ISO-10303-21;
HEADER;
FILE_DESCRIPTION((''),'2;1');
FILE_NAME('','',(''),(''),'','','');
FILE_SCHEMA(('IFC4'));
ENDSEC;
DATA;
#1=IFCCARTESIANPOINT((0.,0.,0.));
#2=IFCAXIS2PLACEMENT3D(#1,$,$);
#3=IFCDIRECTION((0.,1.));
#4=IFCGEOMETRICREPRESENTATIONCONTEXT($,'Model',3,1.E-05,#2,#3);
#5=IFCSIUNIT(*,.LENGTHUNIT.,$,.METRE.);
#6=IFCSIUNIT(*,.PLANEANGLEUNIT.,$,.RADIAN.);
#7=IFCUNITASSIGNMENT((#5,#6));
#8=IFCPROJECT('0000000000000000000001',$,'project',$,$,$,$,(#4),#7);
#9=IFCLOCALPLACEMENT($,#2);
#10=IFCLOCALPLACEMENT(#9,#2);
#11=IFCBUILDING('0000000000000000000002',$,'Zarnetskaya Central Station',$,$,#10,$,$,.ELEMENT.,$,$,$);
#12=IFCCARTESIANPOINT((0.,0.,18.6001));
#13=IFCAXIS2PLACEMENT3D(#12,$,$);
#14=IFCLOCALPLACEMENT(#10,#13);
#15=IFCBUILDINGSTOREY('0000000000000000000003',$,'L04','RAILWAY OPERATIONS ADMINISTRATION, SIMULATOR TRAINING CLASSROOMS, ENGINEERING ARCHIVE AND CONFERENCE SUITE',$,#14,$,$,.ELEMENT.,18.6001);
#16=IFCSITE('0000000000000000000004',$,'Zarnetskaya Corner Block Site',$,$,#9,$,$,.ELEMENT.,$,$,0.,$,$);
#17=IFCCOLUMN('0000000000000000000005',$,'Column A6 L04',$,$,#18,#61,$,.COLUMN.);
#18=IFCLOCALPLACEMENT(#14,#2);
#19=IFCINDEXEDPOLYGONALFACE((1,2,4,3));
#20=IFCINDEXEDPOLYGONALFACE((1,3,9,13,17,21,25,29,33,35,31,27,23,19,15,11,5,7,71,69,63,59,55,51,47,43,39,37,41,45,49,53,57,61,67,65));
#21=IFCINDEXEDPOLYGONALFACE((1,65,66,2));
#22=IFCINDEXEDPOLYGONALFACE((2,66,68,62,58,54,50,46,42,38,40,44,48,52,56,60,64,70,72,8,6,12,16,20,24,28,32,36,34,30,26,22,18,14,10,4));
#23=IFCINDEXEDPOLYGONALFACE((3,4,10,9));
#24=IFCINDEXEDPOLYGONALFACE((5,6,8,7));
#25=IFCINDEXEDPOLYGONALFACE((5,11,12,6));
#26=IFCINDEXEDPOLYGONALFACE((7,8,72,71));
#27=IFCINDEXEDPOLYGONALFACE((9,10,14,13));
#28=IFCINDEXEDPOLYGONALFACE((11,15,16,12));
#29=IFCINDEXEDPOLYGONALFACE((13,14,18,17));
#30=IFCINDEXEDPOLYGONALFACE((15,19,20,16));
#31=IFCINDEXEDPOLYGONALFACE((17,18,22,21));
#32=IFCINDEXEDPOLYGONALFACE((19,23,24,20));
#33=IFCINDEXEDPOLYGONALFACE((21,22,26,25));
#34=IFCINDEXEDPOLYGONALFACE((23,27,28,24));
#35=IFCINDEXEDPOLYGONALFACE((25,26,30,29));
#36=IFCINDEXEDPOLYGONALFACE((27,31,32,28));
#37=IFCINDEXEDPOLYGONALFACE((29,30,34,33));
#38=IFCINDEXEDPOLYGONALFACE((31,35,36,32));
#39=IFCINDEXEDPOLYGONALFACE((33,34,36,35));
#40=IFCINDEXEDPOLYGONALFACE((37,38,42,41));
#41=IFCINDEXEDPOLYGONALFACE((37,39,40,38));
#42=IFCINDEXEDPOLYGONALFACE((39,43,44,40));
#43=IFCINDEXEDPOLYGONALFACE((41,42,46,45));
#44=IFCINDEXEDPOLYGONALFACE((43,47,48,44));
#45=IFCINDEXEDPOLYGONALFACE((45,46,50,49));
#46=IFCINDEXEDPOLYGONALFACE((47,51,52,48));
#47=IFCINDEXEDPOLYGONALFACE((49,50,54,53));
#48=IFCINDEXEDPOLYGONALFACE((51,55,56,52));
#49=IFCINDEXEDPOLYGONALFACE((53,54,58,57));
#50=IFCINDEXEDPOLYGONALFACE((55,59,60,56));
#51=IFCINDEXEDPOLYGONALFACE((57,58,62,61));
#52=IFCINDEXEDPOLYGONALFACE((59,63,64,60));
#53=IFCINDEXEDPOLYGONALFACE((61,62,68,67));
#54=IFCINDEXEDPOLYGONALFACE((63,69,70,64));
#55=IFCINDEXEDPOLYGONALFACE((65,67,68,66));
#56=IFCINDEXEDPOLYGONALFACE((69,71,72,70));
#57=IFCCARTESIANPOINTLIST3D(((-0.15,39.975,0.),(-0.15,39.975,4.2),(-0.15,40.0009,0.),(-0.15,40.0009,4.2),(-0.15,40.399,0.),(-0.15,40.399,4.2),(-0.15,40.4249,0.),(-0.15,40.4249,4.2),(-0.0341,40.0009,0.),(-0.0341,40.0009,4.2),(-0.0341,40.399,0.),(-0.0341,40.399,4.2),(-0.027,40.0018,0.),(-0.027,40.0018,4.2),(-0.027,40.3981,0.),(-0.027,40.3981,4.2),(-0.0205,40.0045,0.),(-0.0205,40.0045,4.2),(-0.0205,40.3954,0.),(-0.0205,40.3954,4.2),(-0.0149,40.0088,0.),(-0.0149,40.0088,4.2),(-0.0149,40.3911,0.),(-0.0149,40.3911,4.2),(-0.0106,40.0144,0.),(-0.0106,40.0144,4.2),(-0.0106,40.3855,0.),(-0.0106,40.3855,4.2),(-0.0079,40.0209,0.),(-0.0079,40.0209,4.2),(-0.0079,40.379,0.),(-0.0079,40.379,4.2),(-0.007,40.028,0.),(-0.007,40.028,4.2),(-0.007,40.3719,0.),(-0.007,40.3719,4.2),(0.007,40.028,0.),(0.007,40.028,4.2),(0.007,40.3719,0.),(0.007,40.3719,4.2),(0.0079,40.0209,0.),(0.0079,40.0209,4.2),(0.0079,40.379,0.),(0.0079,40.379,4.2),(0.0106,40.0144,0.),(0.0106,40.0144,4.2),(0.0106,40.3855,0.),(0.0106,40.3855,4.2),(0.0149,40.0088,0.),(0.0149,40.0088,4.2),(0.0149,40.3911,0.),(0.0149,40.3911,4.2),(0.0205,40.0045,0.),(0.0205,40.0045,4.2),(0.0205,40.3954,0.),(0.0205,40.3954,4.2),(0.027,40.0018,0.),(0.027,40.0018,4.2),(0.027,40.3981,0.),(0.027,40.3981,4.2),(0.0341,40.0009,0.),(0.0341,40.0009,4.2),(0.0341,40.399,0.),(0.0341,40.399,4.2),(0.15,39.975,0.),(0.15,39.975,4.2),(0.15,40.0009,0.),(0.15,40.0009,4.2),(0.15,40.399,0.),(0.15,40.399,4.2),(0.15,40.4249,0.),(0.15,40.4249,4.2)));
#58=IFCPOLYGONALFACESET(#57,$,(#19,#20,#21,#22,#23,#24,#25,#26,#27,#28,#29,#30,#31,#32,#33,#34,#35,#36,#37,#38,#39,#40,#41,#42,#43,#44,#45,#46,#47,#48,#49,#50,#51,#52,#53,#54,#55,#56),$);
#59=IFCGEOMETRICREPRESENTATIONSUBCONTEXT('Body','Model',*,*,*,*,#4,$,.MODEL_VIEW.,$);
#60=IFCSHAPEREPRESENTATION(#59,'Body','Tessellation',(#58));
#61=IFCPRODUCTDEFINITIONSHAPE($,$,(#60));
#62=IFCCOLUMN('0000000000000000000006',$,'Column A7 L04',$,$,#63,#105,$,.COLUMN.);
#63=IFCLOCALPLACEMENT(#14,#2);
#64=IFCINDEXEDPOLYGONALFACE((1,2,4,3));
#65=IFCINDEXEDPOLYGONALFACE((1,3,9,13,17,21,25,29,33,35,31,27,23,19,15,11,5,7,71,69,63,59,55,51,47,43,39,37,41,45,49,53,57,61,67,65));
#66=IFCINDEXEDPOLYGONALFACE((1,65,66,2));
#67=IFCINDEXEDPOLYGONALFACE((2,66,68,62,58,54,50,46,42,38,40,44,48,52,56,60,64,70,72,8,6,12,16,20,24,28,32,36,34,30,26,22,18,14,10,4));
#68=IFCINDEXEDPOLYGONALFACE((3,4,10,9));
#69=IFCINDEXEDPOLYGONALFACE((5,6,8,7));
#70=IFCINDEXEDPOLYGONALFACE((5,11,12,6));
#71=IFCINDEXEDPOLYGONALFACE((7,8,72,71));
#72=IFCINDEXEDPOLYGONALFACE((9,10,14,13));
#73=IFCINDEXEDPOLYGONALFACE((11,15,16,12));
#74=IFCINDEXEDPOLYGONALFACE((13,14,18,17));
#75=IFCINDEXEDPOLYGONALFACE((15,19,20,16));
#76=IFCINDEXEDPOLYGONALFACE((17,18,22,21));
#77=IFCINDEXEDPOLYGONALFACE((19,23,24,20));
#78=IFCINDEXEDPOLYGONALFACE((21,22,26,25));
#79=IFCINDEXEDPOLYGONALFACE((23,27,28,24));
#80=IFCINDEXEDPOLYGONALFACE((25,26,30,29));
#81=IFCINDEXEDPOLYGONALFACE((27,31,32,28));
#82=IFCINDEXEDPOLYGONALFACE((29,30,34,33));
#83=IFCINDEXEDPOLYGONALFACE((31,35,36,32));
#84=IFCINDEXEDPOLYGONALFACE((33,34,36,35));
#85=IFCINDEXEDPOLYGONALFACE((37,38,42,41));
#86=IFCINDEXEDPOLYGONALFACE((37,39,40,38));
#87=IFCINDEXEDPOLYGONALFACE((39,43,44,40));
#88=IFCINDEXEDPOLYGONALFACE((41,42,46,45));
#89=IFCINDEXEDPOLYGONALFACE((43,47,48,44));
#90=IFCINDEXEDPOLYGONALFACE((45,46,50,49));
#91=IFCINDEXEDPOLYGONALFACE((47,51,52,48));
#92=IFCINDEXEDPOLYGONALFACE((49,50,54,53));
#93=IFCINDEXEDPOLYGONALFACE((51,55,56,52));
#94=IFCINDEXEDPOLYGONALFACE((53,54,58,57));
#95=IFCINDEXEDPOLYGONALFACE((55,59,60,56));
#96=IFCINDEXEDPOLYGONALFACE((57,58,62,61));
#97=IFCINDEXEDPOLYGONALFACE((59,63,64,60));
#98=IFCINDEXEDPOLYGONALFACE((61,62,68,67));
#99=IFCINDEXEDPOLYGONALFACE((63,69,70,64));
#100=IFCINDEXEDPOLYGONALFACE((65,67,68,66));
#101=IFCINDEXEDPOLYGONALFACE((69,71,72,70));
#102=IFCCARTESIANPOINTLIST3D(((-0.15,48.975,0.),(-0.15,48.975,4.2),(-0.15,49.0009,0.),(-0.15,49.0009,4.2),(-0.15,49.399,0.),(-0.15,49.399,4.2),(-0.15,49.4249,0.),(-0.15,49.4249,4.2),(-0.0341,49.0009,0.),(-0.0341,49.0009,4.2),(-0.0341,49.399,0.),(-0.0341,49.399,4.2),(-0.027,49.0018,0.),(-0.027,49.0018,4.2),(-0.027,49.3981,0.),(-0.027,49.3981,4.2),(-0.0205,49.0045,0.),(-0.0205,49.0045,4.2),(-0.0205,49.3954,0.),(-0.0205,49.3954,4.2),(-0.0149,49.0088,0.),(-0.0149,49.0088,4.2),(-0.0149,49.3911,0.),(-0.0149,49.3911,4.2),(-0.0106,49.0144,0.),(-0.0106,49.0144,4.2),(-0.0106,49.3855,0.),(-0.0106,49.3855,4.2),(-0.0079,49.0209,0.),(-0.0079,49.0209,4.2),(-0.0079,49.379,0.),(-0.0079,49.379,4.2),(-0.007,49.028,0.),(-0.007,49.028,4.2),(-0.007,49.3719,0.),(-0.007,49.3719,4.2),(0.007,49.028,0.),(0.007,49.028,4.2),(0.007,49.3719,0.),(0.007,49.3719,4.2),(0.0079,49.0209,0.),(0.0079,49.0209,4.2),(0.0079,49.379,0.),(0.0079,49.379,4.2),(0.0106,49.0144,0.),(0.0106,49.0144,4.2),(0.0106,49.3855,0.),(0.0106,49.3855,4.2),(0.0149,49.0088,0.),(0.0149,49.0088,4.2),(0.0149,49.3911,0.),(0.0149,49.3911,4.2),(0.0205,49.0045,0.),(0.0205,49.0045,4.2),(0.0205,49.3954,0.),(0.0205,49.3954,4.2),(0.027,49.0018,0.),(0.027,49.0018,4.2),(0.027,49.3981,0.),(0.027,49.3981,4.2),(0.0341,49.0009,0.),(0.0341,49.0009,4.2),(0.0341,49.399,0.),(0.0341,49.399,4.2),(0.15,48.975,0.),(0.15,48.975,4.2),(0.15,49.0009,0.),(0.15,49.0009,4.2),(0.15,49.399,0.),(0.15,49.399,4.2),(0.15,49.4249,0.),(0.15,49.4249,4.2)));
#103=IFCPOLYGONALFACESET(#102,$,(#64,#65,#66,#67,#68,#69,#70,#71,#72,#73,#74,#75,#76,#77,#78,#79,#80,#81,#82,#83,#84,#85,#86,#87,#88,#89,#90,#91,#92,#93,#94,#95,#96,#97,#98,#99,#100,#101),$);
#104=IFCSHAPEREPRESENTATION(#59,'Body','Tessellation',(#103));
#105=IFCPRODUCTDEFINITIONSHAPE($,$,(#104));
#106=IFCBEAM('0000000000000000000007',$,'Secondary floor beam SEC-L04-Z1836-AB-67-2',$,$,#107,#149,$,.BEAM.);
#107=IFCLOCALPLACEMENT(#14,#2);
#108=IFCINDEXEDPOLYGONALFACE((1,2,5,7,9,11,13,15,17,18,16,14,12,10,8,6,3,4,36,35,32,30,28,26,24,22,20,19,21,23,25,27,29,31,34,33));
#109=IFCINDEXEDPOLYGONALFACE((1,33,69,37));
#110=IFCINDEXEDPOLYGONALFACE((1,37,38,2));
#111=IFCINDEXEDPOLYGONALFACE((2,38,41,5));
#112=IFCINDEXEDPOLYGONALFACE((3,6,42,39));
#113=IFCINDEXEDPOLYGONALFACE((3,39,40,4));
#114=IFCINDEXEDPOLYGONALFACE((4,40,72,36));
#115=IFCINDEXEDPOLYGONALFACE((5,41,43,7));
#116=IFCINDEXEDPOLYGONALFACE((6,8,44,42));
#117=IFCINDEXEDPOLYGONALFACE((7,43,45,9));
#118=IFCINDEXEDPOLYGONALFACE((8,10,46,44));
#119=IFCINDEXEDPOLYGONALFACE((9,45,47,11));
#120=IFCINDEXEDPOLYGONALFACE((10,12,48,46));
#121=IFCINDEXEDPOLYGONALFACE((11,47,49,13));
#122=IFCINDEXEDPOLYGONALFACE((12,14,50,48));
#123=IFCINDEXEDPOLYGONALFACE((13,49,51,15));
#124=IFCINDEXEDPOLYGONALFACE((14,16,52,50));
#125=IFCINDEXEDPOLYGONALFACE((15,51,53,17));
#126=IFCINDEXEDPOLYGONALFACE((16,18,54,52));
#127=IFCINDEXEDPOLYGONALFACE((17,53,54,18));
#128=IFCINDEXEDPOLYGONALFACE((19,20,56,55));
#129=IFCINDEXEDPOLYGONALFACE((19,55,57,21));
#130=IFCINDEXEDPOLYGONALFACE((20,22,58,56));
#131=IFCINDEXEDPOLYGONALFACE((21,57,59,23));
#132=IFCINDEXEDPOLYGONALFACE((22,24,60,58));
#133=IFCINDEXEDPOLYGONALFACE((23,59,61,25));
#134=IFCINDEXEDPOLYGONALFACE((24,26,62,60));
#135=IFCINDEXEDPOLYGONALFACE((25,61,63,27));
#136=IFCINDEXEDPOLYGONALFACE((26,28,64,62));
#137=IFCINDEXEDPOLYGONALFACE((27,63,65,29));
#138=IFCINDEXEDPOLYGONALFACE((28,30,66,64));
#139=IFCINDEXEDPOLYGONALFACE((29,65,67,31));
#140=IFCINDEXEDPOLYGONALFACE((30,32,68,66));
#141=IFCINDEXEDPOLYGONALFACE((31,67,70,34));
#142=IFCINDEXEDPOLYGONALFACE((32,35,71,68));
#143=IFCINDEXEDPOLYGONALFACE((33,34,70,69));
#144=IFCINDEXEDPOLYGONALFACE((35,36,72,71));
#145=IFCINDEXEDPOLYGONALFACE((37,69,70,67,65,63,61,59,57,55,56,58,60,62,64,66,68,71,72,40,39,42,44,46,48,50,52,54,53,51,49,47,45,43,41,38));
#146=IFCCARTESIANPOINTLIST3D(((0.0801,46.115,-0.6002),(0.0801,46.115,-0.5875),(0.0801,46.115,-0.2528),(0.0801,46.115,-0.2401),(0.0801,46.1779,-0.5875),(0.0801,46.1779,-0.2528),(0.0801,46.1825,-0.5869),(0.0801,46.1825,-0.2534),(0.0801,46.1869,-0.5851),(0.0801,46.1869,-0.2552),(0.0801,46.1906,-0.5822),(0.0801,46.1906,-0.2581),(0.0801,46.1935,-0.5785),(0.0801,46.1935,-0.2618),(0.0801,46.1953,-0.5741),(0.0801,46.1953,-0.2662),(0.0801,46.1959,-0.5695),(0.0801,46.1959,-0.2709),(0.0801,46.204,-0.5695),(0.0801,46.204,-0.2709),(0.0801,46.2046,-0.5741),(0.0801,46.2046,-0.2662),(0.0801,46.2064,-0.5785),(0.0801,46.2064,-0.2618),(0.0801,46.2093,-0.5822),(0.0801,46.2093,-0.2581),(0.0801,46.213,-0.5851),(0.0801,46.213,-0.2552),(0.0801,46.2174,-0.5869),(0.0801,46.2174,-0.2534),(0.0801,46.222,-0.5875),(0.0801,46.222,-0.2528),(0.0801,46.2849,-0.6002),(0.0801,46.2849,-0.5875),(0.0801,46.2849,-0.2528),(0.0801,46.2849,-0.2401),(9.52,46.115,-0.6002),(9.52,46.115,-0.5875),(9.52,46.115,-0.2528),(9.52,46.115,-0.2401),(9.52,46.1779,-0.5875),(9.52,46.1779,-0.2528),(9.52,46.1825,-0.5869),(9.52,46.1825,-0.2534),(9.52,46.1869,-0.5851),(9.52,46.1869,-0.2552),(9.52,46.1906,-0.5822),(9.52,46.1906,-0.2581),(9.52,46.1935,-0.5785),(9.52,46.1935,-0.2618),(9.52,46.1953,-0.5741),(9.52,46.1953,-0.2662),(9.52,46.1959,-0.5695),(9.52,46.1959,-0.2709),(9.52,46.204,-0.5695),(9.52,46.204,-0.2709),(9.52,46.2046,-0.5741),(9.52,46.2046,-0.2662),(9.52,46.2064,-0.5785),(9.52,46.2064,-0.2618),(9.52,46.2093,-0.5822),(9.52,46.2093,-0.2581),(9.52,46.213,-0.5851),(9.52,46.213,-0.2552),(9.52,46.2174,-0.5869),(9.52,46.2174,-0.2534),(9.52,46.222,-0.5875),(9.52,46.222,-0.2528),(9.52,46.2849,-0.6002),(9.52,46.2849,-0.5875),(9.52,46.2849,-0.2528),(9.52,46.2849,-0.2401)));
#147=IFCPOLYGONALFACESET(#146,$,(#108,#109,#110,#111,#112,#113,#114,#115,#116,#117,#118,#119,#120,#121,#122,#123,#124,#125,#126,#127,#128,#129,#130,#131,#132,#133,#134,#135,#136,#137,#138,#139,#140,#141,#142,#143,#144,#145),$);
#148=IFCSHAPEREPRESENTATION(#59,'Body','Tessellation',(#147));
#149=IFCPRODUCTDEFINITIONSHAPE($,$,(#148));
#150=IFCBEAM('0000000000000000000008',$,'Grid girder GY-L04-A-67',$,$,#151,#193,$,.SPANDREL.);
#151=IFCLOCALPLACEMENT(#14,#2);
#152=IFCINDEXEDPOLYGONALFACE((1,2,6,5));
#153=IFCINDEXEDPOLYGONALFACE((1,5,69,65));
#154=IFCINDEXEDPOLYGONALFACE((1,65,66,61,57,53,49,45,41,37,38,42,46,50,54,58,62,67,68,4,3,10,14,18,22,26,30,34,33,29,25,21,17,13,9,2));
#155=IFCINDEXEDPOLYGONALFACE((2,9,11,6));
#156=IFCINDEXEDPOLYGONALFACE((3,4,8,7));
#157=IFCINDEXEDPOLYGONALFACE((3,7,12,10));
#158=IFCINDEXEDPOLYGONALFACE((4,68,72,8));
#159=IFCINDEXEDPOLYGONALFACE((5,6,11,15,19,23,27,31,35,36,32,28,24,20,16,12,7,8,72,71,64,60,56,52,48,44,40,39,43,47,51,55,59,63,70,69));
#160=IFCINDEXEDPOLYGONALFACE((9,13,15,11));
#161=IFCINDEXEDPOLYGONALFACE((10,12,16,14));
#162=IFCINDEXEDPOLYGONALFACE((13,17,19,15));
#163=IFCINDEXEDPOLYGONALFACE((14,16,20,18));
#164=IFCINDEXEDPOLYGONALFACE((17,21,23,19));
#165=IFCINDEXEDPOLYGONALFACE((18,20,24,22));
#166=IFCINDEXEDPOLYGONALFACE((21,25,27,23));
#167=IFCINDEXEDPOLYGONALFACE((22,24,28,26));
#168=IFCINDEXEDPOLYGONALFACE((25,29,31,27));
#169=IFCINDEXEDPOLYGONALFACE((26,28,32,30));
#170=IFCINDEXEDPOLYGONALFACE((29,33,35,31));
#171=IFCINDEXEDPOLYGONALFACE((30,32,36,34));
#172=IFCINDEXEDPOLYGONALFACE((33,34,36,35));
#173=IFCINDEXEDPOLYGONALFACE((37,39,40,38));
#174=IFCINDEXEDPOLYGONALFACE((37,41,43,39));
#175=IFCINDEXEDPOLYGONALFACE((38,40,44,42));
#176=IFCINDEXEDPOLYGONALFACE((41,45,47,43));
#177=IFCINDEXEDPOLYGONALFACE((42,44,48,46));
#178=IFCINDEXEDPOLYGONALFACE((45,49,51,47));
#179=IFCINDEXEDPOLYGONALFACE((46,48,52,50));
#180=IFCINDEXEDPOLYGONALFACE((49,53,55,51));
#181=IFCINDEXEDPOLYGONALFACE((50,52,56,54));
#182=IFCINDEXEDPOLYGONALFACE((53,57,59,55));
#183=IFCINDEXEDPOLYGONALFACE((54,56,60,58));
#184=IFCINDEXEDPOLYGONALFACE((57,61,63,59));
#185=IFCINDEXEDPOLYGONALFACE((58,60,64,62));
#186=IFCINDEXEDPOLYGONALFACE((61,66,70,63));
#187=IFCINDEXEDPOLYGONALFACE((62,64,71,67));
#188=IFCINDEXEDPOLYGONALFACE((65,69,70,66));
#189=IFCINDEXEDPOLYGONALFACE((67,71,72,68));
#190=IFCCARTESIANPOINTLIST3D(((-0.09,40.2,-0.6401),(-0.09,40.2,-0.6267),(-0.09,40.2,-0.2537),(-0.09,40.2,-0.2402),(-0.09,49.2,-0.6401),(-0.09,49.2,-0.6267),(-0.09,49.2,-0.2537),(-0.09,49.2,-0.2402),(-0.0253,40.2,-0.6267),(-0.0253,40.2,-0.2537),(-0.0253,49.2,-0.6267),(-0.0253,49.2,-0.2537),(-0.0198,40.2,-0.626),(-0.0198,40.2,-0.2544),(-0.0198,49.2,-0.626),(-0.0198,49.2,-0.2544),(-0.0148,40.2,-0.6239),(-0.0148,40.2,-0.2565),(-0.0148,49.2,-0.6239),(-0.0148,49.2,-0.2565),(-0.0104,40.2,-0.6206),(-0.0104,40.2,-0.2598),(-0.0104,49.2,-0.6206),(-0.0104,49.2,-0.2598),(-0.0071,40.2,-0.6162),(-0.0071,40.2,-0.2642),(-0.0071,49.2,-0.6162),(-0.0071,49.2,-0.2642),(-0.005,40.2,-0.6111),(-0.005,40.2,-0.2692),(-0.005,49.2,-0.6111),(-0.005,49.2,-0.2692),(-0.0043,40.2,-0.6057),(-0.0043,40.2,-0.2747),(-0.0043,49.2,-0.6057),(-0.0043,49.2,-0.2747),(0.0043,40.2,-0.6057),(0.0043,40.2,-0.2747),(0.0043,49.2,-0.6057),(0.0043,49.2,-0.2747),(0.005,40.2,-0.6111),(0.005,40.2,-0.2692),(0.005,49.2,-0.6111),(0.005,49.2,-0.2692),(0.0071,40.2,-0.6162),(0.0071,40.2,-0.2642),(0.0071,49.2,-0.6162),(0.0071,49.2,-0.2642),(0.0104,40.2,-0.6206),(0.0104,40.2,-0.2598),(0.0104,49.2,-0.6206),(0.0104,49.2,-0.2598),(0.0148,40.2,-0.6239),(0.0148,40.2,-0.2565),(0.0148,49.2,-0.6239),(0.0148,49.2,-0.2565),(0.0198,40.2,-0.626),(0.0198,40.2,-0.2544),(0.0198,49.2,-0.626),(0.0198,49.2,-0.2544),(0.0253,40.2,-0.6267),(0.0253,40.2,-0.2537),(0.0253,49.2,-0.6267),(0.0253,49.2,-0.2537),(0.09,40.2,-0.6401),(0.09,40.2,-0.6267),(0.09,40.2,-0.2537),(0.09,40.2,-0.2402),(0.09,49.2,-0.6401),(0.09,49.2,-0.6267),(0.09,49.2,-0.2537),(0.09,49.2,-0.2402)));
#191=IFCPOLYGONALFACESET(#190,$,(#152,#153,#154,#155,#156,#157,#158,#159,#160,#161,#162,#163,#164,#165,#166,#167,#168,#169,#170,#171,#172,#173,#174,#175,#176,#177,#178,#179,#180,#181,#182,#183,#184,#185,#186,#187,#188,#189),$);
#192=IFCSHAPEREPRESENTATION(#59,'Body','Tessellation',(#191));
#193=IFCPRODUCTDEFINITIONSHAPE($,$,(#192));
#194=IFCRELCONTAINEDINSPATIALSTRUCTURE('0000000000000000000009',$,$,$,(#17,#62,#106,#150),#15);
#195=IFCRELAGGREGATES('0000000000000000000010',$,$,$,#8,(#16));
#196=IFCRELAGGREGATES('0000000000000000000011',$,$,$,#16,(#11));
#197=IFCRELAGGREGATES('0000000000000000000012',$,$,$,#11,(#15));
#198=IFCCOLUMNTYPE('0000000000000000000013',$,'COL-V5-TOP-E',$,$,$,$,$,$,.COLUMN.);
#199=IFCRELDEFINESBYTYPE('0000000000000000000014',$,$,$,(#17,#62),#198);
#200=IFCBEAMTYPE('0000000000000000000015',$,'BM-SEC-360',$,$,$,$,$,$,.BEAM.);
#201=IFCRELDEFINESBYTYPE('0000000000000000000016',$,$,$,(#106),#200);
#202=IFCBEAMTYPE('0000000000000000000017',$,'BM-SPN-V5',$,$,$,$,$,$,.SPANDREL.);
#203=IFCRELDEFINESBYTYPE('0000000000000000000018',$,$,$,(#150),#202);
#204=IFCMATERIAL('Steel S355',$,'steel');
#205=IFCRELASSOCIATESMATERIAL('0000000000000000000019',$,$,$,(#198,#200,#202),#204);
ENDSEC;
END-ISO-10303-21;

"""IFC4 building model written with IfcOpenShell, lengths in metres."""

from ifc_helpers import new_model, si_unit, direction, frame, origin, origin_2d, place, context, subcontext, project, spatial, i_section, extrude, material, material_profile, profile_set, type_object, element, save


model = new_model("IFC4")

# Units and contexts
model_context = context("Model", 3, precision=1e-05, world=origin(), true_north=direction((0.0, 1.0)))
body_context = subcontext(model_context, "Body", "Model", "MODEL_VIEW")
ifc_project = project(units=[si_unit("LENGTHUNIT", "METRE"), si_unit("PLANEANGLEUNIT", "RADIAN")], contexts=[model_context])

# Site, building, storey
site_placement = place(None, origin())
site = spatial("IfcSite", under=ifc_project, at=site_placement, Name="Zarnetskaya Corner Block Site", CompositionType="ELEMENT", RefElevation=0.0)
building_placement = place(site_placement, origin())
building = spatial("IfcBuilding", under=site, at=building_placement, Name="Zarnetskaya Central Station", CompositionType="ELEMENT")
storey_placement = place(building_placement, frame((0.0, 0.0, 18.6001)))
storey = spatial("IfcBuildingStorey", under=building, at=storey_placement, Name="L04", Description="RAILWAY OPERATIONS ADMINISTRATION, SIMULATOR TRAINING CLASSROOMS, ENGINEERING ARCHIVE AND CONFERENCE SUITE", CompositionType="ELEMENT", Elevation=18.6001)

# Columns
ifc_material_1 = material(Name="Steel S355", Category="steel")
ifc_material_profile_1 = material_profile(ifc_material_1, i_section(OverallWidth=0.3, OverallDepth=0.45, WebThickness=0.0139, FlangeThickness=0.0259, FilletRadius=0.0271, at=origin_2d()), Name="HEB 450")
ifc_profile_set_1 = profile_set([ifc_material_profile_1], Name="Steel S355")
column_type = type_object("IfcColumnType", Name="COL-V5-TOP-E", PredefinedType="COLUMN", material=ifc_profile_set_1)
for number, where, z_axis, x_axis, name in (
    (1, (0.0, 40.2, 0.0), (0.0, 0.0, 1.0), (1.0, 0.0, 0.0), "Column A6 L04"),
    (2, (0.0, 49.2, 0.0), (0.0, 0.0, 1.0), (1.0, 0.0, 0.0), "Column A7 L04"),
):
    element("IfcColumn", number, at=place(storey_placement, frame(where, z_axis=z_axis, x_axis=x_axis)), inside=storey, type_object=column_type, Name=name, PredefinedType="COLUMN", context=body_context, shape_type="SweptSolid", body=[
        extrude(i_section(OverallWidth=0.3, OverallDepth=0.45, WebThickness=0.0139, FlangeThickness=0.0259, FilletRadius=0.0271, at=origin_2d()), origin(), (0.0, 0.0, 1.0), 4.2),
    ])

# Beams
ifc_material_profile_2 = material_profile(ifc_material_1, i_section(OverallWidth=0.1699, OverallDepth=0.3601, WebThickness=0.0081, FlangeThickness=0.0127, FilletRadius=0.0181, at=origin_2d()), Name="IPE 360")
ifc_profile_set_2 = profile_set([ifc_material_profile_2], Name="Steel S355")
beam_type_1 = type_object("IfcBeamType", Name="BM-SEC-360", PredefinedType="BEAM", material=ifc_profile_set_2)
beam_placement = place(storey_placement, frame((0.0801, 46.2, -0.4202), z_axis=(1.0, 0.0, 0.0), x_axis=(0.0, 1.0, 0.0)))
element("IfcBeam", 3, at=beam_placement, inside=storey, type_object=beam_type_1, Name="Secondary floor beam SEC-L04-Z1836-AB-67-2", PredefinedType="BEAM", context=body_context, shape_type="SweptSolid", body=[
    extrude(i_section(OverallWidth=0.1699, OverallDepth=0.3601, WebThickness=0.0081, FlangeThickness=0.0127, FilletRadius=0.0181, at=origin_2d()), origin(), (0.0, 0.0, 1.0), 9.4399),
])
ifc_material_profile_3 = material_profile(ifc_material_1, i_section(OverallWidth=0.1799, OverallDepth=0.3999, WebThickness=0.0085, FlangeThickness=0.0134, FilletRadius=0.021, at=origin_2d()), Name="IPE 400")
ifc_profile_set_3 = profile_set([ifc_material_profile_3], Name="Steel S355")
beam_type_2 = type_object("IfcBeamType", Name="BM-SPN-V5", PredefinedType="SPANDREL", material=ifc_profile_set_3)
for number, where, z_axis, x_axis, name in (
    (4, (0.0, 40.2, -0.4402), (0.0, 1.0, 0.0), (-1.0, 0.0, 0.0), "Grid girder GY-L04-A-67"),
):
    element("IfcBeam", number, at=place(storey_placement, frame(where, z_axis=z_axis, x_axis=x_axis)), inside=storey, type_object=beam_type_2, Name=name, PredefinedType="SPANDREL", context=body_context, shape_type="SweptSolid", body=[
        extrude(i_section(OverallWidth=0.1799, OverallDepth=0.3999, WebThickness=0.0085, FlangeThickness=0.0134, FilletRadius=0.021, at=origin_2d()), origin(), (0.0, 0.0, 1.0), 9.0),
    ])

save(model, "model.ifc")
